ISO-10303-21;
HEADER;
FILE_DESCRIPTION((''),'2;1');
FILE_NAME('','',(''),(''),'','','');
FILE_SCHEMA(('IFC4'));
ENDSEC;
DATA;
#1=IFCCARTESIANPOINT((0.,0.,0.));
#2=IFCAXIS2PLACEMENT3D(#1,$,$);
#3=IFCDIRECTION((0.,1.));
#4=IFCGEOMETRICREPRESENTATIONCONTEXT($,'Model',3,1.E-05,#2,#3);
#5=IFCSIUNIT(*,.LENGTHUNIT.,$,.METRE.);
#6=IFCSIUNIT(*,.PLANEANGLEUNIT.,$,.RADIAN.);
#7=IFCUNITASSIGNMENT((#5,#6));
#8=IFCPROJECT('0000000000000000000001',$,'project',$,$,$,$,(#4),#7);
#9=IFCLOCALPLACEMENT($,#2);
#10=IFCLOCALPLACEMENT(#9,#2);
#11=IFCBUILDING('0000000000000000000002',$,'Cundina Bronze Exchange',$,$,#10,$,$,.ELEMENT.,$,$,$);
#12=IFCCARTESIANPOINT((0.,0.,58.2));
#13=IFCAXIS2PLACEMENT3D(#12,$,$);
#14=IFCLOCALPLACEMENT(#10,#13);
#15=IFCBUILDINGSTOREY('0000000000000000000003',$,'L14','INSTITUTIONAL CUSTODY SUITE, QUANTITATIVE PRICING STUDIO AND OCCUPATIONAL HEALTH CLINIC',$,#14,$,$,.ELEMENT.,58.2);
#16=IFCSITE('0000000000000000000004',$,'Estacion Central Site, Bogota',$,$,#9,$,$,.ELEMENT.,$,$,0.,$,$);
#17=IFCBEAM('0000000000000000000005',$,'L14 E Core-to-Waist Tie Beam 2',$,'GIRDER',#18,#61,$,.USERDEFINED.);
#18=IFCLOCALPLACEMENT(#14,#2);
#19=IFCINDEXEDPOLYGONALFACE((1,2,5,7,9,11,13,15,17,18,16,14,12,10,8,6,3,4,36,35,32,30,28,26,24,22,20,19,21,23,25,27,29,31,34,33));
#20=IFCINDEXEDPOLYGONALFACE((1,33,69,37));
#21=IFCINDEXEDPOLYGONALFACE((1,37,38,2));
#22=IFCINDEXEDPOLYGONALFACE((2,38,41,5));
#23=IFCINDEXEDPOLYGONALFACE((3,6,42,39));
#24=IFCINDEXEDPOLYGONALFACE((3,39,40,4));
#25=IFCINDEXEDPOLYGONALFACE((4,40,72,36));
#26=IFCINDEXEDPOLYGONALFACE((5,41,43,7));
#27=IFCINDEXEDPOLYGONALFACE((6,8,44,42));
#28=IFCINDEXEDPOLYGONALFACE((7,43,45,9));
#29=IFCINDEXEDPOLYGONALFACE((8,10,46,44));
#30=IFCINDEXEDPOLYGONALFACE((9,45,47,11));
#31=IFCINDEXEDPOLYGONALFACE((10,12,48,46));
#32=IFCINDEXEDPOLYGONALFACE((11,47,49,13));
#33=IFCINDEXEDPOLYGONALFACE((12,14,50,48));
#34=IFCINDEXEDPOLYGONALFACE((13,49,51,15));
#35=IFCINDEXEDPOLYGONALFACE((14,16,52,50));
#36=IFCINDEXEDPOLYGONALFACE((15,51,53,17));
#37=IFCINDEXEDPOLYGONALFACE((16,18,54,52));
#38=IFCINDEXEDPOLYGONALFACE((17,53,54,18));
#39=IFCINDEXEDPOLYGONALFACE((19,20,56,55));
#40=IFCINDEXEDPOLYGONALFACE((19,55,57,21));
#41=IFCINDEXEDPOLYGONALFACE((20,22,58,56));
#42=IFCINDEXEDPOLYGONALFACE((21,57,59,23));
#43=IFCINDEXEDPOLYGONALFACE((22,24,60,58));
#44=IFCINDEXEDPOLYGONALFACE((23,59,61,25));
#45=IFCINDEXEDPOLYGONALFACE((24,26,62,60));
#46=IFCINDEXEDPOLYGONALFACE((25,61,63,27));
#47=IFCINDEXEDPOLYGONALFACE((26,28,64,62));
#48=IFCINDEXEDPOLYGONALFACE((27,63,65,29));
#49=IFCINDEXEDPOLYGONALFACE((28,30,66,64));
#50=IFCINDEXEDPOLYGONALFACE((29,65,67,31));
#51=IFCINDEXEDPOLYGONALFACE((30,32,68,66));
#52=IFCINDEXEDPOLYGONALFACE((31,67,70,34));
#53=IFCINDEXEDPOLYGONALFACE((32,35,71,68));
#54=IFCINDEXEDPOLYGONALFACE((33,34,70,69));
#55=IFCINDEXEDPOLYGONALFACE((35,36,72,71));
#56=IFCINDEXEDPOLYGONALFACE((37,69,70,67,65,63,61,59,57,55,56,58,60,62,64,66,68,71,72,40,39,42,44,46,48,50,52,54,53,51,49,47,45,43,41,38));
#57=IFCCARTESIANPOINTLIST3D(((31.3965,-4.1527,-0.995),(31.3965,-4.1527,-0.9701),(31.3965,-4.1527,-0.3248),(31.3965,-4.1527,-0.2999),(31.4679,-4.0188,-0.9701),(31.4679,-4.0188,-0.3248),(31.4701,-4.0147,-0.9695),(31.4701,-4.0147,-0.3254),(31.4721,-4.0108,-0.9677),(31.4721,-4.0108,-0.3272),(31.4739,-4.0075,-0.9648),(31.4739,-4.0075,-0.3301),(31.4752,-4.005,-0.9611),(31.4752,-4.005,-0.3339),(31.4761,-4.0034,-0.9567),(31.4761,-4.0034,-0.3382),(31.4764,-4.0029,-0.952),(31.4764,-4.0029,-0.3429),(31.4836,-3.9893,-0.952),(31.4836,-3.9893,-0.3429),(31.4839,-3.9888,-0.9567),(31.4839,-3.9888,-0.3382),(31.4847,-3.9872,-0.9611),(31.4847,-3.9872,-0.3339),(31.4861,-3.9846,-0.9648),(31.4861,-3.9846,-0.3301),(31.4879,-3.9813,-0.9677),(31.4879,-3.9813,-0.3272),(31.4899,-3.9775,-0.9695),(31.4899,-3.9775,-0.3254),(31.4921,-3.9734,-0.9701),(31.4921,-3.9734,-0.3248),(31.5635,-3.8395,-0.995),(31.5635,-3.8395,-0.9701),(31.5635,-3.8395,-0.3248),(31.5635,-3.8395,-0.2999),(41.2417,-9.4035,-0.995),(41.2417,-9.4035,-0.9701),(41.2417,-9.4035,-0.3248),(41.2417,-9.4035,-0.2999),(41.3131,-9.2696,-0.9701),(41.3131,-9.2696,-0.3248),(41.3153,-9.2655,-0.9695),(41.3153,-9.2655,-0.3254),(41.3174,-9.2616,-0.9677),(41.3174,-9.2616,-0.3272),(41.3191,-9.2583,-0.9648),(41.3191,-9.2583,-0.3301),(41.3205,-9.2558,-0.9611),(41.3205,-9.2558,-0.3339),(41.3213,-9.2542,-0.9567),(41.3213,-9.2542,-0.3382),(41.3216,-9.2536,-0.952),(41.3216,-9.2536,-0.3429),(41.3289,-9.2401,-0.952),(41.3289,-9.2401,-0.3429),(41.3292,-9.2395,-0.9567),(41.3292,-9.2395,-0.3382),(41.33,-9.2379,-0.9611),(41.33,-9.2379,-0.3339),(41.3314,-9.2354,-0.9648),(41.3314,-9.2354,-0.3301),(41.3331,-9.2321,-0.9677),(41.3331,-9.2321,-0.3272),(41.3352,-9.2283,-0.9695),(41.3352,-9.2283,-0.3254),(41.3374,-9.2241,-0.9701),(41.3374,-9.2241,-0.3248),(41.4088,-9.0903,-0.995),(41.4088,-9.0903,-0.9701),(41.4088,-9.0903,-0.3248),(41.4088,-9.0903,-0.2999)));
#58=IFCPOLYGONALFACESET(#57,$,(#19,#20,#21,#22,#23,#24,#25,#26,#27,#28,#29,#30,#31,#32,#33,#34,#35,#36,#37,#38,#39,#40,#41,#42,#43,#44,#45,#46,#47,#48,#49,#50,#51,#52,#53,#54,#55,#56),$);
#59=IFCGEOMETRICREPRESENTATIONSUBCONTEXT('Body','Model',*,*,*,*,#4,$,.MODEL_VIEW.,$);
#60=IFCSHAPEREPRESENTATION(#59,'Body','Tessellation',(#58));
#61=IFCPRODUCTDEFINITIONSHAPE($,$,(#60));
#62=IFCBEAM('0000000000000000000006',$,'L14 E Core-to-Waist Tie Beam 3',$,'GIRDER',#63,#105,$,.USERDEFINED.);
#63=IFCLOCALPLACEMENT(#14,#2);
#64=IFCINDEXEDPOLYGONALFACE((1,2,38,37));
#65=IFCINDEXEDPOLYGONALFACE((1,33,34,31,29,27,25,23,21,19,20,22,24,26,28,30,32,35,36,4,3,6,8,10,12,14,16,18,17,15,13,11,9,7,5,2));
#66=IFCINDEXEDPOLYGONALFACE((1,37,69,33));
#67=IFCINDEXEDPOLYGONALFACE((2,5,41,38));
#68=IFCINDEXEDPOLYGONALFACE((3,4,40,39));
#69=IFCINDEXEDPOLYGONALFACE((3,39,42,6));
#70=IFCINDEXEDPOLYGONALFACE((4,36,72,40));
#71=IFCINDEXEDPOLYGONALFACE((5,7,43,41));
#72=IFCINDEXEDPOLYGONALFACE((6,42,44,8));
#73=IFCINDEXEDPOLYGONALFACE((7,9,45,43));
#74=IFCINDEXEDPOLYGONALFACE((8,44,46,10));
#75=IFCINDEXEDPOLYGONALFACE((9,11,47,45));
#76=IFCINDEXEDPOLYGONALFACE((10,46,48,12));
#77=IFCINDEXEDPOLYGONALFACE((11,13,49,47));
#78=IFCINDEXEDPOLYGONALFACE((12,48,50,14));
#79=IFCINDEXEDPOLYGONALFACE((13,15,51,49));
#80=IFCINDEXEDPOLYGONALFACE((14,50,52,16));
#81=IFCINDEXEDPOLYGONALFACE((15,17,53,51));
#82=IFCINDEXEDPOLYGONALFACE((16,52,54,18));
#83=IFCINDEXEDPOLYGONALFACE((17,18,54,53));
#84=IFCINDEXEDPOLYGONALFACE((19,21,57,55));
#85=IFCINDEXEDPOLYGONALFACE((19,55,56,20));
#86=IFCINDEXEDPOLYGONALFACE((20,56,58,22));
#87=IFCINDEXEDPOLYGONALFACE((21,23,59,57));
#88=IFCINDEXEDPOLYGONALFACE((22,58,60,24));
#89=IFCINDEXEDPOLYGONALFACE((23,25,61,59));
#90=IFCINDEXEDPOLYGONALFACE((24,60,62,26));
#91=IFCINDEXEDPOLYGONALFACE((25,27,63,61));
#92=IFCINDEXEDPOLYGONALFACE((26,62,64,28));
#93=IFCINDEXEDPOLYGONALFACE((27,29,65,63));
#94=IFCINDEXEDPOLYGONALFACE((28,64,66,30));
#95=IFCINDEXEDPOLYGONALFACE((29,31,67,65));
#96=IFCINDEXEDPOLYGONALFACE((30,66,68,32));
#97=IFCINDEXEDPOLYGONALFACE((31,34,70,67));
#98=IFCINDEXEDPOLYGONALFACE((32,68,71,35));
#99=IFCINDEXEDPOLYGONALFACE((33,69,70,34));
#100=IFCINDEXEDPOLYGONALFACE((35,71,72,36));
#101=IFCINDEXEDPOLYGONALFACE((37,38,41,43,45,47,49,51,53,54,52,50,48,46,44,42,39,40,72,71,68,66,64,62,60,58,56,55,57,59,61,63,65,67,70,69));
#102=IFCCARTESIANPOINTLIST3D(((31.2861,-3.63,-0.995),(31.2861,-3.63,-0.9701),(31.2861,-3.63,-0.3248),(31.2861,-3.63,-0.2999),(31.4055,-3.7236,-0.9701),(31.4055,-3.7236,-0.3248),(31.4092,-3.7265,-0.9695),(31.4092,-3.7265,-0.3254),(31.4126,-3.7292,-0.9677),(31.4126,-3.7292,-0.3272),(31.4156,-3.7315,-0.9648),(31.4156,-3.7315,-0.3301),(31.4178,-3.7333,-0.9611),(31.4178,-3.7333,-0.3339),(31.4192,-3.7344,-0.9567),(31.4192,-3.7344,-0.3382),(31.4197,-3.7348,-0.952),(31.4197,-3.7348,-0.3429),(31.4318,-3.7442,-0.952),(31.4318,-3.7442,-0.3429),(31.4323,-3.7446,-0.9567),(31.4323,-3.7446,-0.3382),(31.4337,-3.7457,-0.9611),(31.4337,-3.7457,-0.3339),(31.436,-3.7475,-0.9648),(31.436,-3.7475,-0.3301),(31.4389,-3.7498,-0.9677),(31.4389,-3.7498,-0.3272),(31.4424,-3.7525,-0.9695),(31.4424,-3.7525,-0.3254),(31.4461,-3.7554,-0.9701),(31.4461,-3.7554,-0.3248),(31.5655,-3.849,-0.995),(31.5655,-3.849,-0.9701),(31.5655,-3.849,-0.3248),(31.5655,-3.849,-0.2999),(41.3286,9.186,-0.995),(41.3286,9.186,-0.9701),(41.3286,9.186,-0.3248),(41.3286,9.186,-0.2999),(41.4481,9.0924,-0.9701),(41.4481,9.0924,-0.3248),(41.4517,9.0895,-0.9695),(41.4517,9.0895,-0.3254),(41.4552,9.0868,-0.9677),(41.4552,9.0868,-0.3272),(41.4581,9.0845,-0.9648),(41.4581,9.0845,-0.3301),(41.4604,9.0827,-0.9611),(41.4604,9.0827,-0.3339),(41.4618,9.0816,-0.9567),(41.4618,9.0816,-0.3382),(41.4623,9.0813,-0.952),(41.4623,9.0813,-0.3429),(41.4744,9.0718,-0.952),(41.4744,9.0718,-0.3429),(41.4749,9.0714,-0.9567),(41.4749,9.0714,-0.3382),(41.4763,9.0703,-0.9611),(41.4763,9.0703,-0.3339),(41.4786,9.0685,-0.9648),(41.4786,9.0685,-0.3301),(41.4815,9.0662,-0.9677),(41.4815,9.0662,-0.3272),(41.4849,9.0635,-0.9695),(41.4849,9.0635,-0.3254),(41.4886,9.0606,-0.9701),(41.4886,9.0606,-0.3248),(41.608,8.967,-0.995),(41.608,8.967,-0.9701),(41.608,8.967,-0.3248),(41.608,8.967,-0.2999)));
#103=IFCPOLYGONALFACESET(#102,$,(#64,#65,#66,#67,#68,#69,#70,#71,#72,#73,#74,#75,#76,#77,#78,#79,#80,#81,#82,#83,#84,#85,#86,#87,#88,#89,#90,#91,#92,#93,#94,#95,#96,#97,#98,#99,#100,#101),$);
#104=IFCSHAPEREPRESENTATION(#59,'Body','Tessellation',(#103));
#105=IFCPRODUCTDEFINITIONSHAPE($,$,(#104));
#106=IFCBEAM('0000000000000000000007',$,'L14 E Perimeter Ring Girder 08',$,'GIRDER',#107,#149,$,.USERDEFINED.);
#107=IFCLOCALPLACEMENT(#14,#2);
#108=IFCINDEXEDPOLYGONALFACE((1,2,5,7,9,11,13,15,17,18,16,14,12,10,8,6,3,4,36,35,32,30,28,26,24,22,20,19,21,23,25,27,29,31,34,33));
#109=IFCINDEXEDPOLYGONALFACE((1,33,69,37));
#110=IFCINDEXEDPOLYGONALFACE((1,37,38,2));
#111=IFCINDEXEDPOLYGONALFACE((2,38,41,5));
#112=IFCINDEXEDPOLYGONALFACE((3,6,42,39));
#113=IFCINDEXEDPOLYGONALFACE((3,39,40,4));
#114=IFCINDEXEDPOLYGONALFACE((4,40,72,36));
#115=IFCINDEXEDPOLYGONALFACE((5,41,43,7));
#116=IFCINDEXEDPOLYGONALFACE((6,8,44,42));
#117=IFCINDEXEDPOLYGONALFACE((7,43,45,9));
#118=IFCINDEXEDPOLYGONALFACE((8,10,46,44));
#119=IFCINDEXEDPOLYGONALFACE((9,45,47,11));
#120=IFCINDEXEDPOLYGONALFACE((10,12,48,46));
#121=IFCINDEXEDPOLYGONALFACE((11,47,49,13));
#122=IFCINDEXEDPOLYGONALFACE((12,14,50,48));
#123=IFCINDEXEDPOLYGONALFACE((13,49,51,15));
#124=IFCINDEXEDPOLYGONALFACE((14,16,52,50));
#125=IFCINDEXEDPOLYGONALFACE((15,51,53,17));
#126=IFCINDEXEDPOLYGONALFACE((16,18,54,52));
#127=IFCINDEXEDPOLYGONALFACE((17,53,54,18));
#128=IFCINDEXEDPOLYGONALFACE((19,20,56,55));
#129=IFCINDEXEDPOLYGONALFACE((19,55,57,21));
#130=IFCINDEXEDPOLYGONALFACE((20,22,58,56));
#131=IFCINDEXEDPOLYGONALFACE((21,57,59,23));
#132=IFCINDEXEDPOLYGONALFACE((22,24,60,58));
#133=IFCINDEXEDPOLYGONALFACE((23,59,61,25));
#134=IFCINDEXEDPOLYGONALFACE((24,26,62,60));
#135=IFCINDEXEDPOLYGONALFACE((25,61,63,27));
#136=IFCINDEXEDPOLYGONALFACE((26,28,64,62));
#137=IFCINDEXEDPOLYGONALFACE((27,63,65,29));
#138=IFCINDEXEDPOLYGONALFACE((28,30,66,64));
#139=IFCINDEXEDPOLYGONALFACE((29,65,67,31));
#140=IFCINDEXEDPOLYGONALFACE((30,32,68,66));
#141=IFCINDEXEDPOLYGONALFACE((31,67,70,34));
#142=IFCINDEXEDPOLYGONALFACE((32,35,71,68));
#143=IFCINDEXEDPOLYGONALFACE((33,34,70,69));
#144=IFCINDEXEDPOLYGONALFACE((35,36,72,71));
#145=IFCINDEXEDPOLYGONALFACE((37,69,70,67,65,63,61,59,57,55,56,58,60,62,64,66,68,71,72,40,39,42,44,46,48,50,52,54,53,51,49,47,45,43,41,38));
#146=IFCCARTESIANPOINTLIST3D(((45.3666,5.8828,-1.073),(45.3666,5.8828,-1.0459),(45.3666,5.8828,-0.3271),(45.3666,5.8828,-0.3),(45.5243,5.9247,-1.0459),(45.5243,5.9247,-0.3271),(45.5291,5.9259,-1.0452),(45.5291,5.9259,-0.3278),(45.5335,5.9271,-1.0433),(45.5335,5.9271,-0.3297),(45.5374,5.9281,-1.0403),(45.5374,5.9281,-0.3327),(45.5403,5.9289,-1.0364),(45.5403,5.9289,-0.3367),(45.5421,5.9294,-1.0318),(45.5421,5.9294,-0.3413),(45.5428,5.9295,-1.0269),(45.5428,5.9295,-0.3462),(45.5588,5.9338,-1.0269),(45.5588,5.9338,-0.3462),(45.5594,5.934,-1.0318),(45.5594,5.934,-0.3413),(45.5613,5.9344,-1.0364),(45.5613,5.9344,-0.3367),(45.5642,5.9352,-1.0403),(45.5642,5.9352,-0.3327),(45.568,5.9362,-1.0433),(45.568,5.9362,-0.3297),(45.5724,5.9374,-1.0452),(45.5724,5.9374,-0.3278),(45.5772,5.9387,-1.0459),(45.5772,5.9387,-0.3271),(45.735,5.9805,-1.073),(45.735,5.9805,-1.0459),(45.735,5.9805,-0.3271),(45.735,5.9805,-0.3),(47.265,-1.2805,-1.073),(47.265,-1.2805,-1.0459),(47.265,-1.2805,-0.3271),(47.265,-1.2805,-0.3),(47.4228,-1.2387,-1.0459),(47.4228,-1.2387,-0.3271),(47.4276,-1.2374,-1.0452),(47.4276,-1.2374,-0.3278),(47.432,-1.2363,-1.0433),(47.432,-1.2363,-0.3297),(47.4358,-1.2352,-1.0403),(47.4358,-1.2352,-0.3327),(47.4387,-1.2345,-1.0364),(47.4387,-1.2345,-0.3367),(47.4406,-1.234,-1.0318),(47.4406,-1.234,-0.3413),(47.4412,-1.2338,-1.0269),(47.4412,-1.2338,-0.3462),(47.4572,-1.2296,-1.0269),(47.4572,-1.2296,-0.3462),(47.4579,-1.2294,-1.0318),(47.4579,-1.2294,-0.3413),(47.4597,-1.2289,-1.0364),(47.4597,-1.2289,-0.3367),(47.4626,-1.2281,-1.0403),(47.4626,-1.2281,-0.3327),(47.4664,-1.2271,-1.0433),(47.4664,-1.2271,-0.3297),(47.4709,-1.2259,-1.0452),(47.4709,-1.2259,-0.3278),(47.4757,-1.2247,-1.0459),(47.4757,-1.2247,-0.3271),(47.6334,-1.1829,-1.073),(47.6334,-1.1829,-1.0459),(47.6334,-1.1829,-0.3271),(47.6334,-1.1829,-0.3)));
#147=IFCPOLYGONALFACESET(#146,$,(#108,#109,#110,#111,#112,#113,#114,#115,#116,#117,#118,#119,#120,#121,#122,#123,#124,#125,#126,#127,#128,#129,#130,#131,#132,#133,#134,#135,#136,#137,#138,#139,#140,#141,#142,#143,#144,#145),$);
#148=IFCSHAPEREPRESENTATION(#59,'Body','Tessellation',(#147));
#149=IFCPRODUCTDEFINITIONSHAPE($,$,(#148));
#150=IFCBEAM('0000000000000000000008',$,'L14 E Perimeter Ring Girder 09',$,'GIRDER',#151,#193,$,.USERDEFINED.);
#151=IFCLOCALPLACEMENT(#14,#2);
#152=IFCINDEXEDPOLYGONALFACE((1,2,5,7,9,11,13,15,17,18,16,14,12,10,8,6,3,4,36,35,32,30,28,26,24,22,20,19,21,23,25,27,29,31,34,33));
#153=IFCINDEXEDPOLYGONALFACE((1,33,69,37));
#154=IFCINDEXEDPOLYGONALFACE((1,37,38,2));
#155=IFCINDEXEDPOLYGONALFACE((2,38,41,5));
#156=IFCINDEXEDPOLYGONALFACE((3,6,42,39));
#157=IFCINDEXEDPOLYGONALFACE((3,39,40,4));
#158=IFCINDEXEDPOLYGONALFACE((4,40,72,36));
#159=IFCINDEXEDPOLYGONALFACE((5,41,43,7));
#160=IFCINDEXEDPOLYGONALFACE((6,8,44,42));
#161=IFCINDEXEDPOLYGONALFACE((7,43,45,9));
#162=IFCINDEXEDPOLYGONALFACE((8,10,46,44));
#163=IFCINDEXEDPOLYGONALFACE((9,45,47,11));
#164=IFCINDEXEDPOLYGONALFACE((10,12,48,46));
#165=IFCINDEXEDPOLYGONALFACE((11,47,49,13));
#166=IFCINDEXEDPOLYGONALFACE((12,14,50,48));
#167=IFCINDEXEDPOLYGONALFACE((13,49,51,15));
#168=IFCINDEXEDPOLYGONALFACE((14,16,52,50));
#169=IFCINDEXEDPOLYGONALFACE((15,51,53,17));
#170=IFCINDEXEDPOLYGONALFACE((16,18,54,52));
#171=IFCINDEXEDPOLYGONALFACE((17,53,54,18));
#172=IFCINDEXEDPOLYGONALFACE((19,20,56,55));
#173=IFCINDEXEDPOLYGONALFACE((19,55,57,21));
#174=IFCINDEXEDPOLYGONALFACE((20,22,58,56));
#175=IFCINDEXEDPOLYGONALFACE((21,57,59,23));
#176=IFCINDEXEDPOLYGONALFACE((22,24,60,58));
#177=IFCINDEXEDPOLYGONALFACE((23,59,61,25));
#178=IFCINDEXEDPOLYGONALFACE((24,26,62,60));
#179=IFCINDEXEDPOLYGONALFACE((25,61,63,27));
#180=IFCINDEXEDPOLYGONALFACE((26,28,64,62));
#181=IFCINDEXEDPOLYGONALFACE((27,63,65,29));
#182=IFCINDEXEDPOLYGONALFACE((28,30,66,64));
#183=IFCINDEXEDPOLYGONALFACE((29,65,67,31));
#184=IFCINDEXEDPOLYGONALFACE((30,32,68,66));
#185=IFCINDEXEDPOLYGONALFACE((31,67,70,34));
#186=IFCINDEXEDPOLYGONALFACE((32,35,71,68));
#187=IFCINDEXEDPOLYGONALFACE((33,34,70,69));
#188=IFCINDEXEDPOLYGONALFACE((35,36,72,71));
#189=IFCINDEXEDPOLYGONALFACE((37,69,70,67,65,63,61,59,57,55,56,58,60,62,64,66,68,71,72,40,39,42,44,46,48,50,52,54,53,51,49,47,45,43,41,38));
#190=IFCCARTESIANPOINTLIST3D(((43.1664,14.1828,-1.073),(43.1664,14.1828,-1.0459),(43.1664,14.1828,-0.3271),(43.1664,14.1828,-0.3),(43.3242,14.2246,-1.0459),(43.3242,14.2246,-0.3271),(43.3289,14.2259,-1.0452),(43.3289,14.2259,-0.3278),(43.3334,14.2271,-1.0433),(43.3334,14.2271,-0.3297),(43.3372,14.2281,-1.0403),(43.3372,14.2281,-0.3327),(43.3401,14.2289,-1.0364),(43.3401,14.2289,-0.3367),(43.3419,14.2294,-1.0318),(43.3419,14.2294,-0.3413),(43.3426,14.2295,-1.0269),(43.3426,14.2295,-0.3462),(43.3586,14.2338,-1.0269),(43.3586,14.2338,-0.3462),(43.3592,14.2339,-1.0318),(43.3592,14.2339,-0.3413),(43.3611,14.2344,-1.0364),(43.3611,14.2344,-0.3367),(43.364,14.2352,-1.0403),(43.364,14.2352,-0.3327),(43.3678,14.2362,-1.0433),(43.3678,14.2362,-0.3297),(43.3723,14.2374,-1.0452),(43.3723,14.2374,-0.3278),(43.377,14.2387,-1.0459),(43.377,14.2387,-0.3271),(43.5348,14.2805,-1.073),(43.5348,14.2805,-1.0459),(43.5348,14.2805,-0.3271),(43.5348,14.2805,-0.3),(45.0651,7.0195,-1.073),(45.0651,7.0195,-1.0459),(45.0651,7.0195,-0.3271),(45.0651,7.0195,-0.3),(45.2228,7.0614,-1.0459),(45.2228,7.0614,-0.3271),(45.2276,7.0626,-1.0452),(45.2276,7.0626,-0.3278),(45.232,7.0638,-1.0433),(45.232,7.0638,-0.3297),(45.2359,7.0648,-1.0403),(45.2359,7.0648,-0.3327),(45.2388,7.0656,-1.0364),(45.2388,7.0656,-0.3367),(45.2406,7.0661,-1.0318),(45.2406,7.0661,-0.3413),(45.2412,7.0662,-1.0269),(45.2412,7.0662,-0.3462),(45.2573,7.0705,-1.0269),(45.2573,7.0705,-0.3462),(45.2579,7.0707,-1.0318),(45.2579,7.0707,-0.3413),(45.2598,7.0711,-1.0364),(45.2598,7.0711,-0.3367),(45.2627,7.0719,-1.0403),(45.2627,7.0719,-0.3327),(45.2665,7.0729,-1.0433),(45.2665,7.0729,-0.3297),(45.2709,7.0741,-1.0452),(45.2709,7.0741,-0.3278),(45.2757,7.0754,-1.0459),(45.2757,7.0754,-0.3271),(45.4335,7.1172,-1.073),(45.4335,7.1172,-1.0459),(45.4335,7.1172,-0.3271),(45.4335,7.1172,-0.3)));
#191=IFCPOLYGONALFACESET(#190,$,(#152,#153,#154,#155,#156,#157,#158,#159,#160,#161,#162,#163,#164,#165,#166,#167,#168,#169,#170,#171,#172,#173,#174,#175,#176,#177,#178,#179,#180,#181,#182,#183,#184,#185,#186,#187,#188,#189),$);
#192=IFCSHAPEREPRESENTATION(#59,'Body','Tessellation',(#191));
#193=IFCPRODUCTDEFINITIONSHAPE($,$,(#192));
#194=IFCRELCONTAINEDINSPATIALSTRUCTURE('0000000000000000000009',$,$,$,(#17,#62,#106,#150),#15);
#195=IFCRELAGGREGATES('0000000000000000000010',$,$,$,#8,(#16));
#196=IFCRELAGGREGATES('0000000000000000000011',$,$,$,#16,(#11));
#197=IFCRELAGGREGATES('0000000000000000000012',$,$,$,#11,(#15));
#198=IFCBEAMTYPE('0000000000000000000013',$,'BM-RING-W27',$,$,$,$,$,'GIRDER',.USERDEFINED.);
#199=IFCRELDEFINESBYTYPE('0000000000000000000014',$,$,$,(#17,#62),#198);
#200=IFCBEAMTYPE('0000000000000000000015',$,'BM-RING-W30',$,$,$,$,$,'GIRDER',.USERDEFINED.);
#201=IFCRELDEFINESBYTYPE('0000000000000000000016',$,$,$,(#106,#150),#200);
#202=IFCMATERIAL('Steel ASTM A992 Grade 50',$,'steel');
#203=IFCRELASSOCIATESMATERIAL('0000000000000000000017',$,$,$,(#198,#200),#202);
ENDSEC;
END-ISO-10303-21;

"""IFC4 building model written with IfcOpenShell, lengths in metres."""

from ifc_helpers import new_model, si_unit, direction, frame, origin, origin_2d, place, context, subcontext, project, spatial, i_section, extrude, material, material_profile, profile_set, type_object, element, save


model = new_model("IFC4")

# Units and contexts
model_context = context("Model", 3, precision=1e-05, world=origin(), true_north=direction((0.0, 1.0)))
body_context = subcontext(model_context, "Body", "Model", "MODEL_VIEW")
ifc_project = project(units=[si_unit("LENGTHUNIT", "METRE"), si_unit("PLANEANGLEUNIT", "RADIAN")], contexts=[model_context])

# Site, building, storey
site_placement = place(None, origin())
site = spatial("IfcSite", under=ifc_project, at=site_placement, Name="Estacion Central Site, Bogota", CompositionType="ELEMENT", RefElevation=0.0)
building_placement = place(site_placement, origin())
building = spatial("IfcBuilding", under=site, at=building_placement, Name="Cundina Bronze Exchange", CompositionType="ELEMENT")
storey_placement = place(building_placement, frame((0.0, 0.0, 58.2)))
storey = spatial("IfcBuildingStorey", under=building, at=storey_placement, Name="L14", Description="INSTITUTIONAL CUSTODY SUITE, QUANTITATIVE PRICING STUDIO AND OCCUPATIONAL HEALTH CLINIC", CompositionType="ELEMENT", Elevation=58.2)

# Shared definitions
ifc_material_1 = material(Name="Steel ASTM A992 Grade 50", Category="steel")

# Beams
ifc_material_profile_1 = material_profile(ifc_material_1, i_section(OverallWidth=0.355, OverallDepth=0.6951, WebThickness=0.0154, FlangeThickness=0.0249, FilletRadius=0.0181, at=origin_2d()), Name="W27X146", Category="steel")
ifc_profile_set_1 = profile_set([ifc_material_profile_1], Name="Steel ASTM A992 Grade 50")
beam_type_1 = type_object("IfcBeamType", Name="BM-RING-W27", ElementType="GIRDER", PredefinedType="USERDEFINED", material=ifc_profile_set_1)
beam_1_placement = place(storey_placement, frame((31.48, -3.9961, -0.6475), z_axis=(0.882355, -0.470585, 0.0), x_axis=(0.470585, 0.882355, 0.0)))
element("IfcBeam", 1, at=beam_1_placement, inside=storey, type_object=beam_type_1, Name="L14 E Core-to-Waist Tie Beam 2", ObjectType="GIRDER", PredefinedType="USERDEFINED", context=body_context, shape_type="SweptSolid", body=[
    extrude(i_section(OverallWidth=0.355, OverallDepth=0.6951, WebThickness=0.0154, FlangeThickness=0.0249, FilletRadius=0.0181, at=origin_2d()), origin(), (0.0, 0.0, 1.0), 11.158),
])
beam_2_placement = place(storey_placement, frame((31.4258, -3.7395, -0.6475), z_axis=(0.616789, 0.787128, 0.0), x_axis=(-0.787128, 0.616789, 0.0)))
element("IfcBeam", 2, at=beam_2_placement, inside=storey, type_object=beam_type_1, Name="L14 E Core-to-Waist Tie Beam 3", ObjectType="GIRDER", PredefinedType="USERDEFINED", context=body_context, shape_type="SweptSolid", body=[
    extrude(i_section(OverallWidth=0.355, OverallDepth=0.6951, WebThickness=0.0154, FlangeThickness=0.0249, FilletRadius=0.0181, at=origin_2d()), origin(), (0.0, 0.0, 1.0), 16.282),
])
ifc_material_profile_2 = material_profile(ifc_material_1, i_section(OverallWidth=0.3811, OverallDepth=0.7729, WebThickness=0.0166, FlangeThickness=0.0271, FilletRadius=0.019, at=origin_2d()), Name="W30X173", Category="steel")
ifc_profile_set_2 = profile_set([ifc_material_profile_2], Name="Steel ASTM A992 Grade 50")
beam_type_2 = type_object("IfcBeamType", Name="BM-RING-W30", ElementType="GIRDER", PredefinedType="USERDEFINED", material=ifc_profile_set_2)
for number, where, z_axis, x_axis, name in (
    (3, (47.4492, -1.2317, -0.6865), (-0.256178, 0.96663, 0.0), (-0.96663, -0.256178, 0.0), "L14 E Perimeter Ring Girder 08"),
    (4, (45.2493, 7.0684, -0.6865), (-0.256209, 0.966622, 0.0), (-0.966622, -0.256209, 0.0), "L14 E Perimeter Ring Girder 09"),
):
    element("IfcBeam", number, at=place(storey_placement, frame(where, z_axis=z_axis, x_axis=x_axis)), inside=storey, type_object=beam_type_2, Name=name, ObjectType="GIRDER", PredefinedType="USERDEFINED", context=body_context, shape_type="SweptSolid", body=[
        extrude(i_section(OverallWidth=0.3811, OverallDepth=0.7729, WebThickness=0.0166, FlangeThickness=0.0271, FilletRadius=0.019, at=origin_2d()), origin(), (0.0, 0.0, 1.0), 7.4106),
    ])

save(model, "model.ifc")
